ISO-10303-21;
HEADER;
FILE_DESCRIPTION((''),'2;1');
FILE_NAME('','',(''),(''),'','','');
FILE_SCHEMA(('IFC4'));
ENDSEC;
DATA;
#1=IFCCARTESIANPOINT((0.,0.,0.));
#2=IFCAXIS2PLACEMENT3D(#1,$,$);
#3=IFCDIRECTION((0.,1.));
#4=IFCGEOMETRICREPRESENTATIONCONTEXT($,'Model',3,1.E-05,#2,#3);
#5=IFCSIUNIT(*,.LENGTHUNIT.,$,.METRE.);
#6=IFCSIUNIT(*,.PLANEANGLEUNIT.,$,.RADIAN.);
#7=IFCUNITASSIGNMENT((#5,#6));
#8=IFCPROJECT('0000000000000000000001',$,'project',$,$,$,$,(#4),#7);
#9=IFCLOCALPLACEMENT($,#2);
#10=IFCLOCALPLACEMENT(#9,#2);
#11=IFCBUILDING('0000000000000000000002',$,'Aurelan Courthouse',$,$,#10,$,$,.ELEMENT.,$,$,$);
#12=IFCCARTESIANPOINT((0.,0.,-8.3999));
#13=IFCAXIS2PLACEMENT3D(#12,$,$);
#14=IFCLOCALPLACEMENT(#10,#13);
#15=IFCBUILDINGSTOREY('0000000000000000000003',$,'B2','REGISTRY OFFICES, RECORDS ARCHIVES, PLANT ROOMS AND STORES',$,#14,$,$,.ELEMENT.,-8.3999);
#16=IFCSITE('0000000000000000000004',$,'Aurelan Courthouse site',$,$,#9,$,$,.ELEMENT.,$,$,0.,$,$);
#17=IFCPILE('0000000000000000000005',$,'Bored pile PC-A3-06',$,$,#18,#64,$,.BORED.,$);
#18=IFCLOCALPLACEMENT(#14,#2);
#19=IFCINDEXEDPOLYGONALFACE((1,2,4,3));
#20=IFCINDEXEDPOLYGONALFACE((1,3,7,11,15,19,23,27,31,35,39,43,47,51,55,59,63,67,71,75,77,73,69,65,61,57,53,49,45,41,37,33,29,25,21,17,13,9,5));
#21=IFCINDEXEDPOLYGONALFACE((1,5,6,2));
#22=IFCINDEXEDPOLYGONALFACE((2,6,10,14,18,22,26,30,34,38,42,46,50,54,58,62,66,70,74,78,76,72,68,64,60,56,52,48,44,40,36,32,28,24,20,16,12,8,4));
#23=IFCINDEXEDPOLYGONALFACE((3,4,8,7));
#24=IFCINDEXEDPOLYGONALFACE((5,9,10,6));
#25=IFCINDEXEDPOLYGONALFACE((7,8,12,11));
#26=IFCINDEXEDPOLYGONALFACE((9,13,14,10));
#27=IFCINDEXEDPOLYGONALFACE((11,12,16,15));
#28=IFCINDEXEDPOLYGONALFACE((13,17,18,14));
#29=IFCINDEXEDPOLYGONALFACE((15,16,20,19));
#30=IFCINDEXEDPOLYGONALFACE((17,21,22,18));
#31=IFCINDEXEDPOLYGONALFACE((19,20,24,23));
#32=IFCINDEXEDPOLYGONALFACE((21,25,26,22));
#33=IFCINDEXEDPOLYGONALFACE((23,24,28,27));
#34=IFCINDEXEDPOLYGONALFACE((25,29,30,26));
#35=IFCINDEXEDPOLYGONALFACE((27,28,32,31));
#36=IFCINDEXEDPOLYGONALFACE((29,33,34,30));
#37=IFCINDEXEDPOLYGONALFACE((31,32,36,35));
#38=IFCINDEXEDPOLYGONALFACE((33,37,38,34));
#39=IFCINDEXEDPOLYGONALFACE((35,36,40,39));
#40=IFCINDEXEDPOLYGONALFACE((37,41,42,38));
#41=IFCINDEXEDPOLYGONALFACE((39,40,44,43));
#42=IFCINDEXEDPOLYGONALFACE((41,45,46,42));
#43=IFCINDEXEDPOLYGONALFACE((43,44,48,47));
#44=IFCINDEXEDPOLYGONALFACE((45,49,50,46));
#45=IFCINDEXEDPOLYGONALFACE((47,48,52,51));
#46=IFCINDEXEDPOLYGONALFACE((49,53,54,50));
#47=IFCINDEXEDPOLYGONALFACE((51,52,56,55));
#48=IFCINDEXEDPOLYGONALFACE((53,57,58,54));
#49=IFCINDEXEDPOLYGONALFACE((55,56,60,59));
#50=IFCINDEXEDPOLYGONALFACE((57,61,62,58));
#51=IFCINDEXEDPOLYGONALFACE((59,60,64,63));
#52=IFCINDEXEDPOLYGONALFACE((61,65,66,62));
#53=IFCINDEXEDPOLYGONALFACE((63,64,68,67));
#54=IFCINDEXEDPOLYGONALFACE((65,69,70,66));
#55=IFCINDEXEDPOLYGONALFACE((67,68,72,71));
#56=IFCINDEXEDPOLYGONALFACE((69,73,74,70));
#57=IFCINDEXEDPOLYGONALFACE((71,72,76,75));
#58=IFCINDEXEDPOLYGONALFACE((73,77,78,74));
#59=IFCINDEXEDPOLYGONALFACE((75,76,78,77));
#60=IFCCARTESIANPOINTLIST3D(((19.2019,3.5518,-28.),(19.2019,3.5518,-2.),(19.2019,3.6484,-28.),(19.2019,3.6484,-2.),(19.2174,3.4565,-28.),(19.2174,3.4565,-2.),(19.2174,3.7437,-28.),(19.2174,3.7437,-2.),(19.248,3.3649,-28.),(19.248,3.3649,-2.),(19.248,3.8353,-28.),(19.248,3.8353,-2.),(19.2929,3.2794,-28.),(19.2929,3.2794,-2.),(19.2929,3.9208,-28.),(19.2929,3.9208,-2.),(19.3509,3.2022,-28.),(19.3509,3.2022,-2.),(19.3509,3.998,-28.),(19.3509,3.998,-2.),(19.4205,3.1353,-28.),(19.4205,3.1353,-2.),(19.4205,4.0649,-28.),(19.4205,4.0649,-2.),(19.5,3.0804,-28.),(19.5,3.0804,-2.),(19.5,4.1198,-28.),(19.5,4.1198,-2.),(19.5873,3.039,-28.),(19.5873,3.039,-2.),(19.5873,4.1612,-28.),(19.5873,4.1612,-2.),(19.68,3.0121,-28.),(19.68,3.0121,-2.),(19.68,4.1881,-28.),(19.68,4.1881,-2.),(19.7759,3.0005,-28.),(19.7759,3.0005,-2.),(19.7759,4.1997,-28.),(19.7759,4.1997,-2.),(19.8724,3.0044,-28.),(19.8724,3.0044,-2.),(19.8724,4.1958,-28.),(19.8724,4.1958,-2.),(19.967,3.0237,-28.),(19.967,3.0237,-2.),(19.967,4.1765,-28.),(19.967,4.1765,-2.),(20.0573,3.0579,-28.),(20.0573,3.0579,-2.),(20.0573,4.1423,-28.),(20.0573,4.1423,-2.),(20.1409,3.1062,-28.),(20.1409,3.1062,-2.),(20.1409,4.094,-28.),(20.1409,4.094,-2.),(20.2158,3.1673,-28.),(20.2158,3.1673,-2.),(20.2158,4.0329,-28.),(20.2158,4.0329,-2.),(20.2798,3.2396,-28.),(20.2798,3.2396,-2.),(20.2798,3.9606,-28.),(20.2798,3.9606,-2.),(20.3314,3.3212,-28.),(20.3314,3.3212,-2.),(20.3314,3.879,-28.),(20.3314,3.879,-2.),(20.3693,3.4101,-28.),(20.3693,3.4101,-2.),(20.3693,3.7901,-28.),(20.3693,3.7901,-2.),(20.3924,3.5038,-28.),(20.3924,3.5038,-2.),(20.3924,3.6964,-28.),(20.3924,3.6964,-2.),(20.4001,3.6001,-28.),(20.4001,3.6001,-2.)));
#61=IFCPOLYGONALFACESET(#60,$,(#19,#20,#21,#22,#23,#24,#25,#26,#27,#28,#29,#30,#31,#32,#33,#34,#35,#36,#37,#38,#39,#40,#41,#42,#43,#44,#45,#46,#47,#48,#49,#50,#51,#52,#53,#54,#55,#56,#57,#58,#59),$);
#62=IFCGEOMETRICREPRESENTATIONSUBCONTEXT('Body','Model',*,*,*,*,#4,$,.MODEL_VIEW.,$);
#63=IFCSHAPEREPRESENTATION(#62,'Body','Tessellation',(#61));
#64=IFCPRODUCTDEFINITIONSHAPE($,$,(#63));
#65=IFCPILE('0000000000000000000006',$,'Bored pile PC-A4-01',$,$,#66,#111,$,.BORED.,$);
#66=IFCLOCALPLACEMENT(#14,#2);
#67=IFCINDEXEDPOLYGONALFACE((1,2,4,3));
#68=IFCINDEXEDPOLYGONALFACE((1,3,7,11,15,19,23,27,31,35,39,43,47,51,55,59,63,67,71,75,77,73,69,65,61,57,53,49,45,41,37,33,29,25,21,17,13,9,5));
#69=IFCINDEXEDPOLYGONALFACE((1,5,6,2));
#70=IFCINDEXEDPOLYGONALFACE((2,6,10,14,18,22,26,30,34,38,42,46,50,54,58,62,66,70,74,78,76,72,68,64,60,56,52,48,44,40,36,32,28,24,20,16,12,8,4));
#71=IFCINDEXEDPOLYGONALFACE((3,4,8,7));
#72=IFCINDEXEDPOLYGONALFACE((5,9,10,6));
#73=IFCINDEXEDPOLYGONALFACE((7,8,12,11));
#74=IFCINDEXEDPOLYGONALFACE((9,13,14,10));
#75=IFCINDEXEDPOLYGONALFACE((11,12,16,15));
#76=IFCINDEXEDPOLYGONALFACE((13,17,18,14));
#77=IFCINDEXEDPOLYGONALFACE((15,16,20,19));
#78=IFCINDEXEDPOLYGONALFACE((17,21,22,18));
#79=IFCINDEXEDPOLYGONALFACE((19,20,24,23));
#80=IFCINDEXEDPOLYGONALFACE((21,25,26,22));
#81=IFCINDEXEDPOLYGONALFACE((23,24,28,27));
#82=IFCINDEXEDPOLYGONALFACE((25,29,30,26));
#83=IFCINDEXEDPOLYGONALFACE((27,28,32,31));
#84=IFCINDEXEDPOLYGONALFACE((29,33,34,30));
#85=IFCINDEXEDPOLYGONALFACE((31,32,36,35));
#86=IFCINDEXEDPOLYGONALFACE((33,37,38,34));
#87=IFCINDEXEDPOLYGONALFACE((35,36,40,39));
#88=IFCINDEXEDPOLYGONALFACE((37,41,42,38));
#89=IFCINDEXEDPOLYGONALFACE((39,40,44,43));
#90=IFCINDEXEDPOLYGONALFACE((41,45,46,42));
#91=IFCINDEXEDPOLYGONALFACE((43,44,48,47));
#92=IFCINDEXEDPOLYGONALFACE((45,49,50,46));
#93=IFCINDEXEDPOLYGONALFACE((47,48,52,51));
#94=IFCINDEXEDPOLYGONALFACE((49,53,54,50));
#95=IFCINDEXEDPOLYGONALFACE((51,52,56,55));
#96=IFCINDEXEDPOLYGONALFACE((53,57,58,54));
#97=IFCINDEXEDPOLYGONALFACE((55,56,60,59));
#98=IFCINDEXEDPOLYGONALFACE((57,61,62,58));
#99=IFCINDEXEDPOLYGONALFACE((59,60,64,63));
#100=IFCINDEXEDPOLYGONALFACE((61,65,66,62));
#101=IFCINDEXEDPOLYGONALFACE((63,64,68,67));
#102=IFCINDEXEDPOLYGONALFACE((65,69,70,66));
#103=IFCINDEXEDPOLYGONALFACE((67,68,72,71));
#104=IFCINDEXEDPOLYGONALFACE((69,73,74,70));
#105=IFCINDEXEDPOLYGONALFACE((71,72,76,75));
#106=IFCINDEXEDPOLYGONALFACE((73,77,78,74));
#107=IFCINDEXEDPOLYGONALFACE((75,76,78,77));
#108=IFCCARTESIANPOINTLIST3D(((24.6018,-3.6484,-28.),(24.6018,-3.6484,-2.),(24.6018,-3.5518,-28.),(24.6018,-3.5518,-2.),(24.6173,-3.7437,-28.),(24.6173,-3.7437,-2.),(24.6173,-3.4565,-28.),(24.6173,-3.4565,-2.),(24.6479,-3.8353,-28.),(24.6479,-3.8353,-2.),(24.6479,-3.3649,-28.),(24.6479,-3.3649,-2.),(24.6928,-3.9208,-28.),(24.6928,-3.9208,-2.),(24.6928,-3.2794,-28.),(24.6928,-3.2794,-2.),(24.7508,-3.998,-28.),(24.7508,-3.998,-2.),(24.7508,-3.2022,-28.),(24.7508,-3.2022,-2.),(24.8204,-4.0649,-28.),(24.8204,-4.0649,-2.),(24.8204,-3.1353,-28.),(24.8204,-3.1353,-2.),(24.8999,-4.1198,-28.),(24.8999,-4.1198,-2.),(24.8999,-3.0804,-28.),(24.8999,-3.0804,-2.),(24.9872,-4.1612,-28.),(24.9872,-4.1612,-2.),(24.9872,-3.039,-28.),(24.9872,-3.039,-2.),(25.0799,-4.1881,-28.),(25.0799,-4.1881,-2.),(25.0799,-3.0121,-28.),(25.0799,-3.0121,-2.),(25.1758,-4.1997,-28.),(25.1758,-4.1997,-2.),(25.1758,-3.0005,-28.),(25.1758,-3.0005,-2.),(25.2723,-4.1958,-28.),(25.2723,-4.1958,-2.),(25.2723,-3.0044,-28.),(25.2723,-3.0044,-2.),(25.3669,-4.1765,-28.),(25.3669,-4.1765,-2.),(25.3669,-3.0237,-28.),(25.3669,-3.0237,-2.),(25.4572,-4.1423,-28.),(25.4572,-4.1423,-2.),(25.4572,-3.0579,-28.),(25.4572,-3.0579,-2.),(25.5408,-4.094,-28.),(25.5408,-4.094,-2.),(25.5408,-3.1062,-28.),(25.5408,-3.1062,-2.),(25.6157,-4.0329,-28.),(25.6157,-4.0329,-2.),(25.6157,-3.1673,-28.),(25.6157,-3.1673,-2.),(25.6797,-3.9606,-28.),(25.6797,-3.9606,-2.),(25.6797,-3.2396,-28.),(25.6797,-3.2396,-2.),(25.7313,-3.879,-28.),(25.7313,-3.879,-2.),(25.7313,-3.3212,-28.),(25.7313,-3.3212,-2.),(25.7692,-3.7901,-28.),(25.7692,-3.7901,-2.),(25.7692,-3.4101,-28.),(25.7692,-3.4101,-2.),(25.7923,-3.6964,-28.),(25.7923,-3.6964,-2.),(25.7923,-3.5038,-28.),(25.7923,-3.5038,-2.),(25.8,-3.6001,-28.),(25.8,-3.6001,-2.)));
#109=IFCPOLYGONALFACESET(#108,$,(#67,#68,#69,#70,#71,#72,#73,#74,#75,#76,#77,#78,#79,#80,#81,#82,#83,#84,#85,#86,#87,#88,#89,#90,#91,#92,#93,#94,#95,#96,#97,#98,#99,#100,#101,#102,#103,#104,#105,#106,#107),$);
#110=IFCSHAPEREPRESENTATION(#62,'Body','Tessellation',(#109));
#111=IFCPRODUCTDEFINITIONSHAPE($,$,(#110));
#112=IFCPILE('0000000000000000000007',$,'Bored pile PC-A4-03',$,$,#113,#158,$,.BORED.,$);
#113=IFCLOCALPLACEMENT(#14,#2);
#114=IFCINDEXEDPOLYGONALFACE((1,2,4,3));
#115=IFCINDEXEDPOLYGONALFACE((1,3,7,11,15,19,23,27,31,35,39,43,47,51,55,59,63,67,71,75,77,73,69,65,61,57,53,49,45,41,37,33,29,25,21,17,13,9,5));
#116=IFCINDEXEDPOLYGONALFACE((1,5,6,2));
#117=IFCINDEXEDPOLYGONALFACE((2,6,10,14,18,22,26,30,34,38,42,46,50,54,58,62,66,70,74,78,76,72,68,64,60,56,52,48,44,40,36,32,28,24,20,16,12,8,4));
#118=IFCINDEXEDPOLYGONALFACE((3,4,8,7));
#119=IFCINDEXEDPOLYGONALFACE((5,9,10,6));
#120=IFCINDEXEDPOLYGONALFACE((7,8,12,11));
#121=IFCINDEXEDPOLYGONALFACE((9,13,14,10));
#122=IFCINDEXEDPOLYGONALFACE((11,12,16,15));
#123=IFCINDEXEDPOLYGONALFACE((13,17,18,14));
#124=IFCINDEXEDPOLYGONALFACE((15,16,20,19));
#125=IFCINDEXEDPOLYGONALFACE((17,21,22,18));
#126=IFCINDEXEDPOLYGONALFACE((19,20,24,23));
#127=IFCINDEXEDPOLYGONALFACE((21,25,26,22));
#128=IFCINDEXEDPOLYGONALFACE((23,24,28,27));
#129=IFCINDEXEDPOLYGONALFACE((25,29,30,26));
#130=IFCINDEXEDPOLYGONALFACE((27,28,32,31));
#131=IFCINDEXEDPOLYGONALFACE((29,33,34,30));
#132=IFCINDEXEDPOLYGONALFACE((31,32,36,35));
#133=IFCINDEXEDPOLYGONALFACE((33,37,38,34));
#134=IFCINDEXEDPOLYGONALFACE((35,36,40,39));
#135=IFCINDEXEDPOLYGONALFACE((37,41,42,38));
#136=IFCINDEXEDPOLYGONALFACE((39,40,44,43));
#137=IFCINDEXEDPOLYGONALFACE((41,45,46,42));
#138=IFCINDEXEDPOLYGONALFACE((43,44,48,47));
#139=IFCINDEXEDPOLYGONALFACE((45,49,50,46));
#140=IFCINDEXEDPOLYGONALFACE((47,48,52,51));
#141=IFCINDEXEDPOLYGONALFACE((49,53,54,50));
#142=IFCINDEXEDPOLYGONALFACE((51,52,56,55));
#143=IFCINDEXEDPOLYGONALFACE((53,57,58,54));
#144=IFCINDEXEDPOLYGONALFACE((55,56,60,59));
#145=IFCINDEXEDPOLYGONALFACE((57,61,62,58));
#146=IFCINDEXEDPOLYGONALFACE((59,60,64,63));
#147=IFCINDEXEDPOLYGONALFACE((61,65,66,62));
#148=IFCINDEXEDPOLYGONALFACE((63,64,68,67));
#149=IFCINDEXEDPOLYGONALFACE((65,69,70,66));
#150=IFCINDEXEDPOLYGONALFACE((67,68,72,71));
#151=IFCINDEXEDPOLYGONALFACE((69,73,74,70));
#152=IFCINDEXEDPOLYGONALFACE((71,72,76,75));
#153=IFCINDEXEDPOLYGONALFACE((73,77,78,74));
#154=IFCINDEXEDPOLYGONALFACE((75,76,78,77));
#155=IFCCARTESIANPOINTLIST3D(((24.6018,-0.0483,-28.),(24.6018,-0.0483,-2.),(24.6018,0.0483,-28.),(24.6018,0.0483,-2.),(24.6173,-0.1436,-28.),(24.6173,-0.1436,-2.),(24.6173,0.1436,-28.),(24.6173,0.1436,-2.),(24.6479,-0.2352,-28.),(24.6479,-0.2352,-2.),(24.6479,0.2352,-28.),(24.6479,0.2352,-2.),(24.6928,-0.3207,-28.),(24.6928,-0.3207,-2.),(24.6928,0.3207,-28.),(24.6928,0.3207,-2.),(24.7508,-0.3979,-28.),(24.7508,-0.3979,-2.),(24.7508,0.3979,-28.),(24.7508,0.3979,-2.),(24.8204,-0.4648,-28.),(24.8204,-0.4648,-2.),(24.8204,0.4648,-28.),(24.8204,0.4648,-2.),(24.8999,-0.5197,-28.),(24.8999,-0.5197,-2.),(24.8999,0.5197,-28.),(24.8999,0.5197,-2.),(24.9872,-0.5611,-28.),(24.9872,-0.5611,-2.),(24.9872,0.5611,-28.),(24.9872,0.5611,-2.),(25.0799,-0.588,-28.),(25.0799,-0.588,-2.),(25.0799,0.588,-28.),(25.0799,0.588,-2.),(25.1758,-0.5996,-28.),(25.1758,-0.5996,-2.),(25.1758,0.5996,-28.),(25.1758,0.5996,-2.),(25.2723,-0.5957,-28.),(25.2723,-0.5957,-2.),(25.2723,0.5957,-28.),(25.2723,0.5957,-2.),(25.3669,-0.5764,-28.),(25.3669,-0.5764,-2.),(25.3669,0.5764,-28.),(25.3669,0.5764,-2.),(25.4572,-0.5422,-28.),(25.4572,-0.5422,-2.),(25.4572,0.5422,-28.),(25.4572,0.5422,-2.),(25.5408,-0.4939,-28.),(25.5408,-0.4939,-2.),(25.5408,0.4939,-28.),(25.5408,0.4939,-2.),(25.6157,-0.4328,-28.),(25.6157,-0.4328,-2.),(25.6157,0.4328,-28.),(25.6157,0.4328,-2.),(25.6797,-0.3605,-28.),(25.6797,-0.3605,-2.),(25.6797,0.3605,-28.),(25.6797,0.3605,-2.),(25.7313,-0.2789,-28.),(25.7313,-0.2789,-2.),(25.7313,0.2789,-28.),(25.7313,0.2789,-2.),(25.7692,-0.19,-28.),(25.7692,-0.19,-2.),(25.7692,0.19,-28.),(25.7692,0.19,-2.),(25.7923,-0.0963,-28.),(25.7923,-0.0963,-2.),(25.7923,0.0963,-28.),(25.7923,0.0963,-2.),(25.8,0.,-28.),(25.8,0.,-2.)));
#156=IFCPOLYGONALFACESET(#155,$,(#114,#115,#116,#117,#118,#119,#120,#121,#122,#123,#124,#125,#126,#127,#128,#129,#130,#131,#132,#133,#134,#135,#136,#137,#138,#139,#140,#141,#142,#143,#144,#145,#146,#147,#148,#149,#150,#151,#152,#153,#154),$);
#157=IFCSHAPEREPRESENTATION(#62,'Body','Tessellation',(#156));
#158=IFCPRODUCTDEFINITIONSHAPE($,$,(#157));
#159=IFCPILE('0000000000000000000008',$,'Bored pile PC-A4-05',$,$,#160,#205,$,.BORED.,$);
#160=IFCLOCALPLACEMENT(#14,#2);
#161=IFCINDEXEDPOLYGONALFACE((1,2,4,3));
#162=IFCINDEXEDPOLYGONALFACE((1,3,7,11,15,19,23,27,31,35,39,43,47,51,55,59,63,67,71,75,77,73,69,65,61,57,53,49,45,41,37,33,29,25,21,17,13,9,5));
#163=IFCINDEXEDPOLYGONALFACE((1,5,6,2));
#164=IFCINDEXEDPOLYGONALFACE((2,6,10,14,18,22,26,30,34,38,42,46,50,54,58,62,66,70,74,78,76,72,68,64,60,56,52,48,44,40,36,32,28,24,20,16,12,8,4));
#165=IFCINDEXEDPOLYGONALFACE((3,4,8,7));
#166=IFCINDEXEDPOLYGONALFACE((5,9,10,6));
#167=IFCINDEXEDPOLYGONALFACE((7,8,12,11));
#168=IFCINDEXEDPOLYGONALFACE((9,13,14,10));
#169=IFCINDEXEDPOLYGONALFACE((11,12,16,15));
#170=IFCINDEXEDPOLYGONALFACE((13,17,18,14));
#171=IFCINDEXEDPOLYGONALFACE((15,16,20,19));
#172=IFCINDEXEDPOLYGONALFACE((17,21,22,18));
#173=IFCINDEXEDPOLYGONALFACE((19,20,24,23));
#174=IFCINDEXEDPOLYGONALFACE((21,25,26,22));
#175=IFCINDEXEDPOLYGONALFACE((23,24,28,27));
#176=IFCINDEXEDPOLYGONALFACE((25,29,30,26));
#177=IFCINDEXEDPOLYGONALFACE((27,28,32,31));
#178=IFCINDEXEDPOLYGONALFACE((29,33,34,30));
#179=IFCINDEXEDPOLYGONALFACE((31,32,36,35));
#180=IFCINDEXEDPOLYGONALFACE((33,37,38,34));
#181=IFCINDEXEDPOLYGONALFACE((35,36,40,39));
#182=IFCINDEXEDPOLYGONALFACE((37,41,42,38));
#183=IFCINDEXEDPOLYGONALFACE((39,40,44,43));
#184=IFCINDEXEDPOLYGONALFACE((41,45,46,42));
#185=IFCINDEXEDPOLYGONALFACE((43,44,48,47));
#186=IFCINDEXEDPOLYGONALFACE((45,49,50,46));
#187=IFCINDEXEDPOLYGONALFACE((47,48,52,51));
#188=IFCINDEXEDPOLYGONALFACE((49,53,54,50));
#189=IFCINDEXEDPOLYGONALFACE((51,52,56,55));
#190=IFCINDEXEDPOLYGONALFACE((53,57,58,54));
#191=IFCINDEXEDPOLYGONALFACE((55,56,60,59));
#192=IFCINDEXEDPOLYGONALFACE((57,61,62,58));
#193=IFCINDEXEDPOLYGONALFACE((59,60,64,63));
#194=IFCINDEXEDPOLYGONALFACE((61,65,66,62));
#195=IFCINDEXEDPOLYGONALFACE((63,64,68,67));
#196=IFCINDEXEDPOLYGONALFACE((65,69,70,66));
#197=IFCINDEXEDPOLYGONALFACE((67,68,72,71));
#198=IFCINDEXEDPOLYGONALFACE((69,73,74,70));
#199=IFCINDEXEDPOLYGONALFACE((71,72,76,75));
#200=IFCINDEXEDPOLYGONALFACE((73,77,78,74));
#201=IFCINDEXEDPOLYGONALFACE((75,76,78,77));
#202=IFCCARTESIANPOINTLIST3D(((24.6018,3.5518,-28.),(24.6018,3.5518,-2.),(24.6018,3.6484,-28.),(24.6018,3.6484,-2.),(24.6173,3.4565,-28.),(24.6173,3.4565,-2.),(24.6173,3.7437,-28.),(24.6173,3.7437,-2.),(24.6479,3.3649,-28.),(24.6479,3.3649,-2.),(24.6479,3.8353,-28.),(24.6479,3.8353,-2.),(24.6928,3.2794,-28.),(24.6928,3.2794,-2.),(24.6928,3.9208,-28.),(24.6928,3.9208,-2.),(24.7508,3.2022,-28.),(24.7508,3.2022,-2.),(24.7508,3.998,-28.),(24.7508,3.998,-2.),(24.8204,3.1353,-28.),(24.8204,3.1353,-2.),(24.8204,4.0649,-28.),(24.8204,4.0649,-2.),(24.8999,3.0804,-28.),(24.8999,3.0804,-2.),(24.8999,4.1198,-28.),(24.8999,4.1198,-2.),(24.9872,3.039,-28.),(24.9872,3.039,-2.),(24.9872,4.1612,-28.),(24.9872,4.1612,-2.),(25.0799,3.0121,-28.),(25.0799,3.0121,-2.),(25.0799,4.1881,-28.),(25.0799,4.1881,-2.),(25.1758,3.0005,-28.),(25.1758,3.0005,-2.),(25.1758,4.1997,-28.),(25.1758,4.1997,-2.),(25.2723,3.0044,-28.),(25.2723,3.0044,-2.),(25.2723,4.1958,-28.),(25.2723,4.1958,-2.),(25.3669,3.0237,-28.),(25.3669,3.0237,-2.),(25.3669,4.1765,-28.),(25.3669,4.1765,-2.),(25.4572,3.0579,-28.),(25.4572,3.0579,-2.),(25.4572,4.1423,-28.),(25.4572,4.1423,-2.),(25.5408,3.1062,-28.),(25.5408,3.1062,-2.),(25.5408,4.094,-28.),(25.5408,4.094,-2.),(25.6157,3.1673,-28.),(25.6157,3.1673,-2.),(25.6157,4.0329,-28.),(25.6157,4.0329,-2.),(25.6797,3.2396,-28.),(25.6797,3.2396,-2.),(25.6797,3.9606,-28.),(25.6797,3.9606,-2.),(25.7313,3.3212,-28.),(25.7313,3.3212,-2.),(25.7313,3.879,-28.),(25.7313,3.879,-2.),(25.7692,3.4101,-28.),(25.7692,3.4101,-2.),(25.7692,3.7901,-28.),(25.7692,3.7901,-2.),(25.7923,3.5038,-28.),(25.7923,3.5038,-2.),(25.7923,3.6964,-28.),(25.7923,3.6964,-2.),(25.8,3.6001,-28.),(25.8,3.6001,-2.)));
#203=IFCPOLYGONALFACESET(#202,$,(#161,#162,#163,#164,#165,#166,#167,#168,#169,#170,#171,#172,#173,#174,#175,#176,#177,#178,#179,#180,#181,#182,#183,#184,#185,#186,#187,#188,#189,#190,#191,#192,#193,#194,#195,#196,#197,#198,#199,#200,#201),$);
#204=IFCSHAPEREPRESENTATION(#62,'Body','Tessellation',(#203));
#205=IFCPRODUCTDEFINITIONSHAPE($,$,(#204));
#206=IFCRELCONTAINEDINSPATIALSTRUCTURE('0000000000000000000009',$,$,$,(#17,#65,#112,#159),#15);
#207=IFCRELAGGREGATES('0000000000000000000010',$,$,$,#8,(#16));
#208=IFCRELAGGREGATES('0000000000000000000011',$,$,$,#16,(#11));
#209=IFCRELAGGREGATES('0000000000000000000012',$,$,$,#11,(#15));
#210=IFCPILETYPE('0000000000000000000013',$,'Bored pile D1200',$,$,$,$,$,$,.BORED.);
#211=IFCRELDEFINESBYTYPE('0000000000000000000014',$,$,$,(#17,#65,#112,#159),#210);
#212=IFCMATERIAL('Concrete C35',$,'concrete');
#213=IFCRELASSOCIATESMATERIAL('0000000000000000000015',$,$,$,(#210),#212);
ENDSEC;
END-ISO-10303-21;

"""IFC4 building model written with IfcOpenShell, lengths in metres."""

from ifc_helpers import new_model, si_unit, direction, frame, origin, origin_2d, place, context, subcontext, project, spatial, circle, extrude, material, material_profile, profile_set, type_object, element, save


model = new_model("IFC4")

# Units and contexts
model_context = context("Model", 3, precision=1e-05, world=origin(), true_north=direction((0.0, 1.0)))
body_context = subcontext(model_context, "Body", "Model", "MODEL_VIEW")
ifc_project = project(units=[si_unit("LENGTHUNIT", "METRE"), si_unit("PLANEANGLEUNIT", "RADIAN")], contexts=[model_context])

# Site, building, storey
site_placement = place(None, origin())
site = spatial("IfcSite", under=ifc_project, at=site_placement, Name="Aurelan Courthouse site", CompositionType="ELEMENT", RefElevation=0.0)
building_placement = place(site_placement, origin())
building = spatial("IfcBuilding", under=site, at=building_placement, Name="Aurelan Courthouse", CompositionType="ELEMENT")
storey_placement = place(building_placement, frame((0.0, 0.0, -8.3999)))
storey = spatial("IfcBuildingStorey", under=building, at=storey_placement, Name="B2", Description="REGISTRY OFFICES, RECORDS ARCHIVES, PLANT ROOMS AND STORES", CompositionType="ELEMENT", Elevation=-8.3999)

# Piles
ifc_material_1 = material(Name="Concrete C35", Category="concrete")
ifc_material_profile_1 = material_profile(ifc_material_1, circle(Radius=0.6001, at=origin_2d()), Name="D1200")
ifc_profile_set_1 = profile_set([ifc_material_profile_1], Name="Concrete C35")
pile_type = type_object("IfcPileType", Name="Bored pile D1200", PredefinedType="BORED", material=ifc_profile_set_1)
for number, where, z_axis, x_axis, name in (
    (1, (19.8, 3.6001, -2.0), (0.0, 0.0, -1.0), (1.0, 0.0, 0.0), "Bored pile PC-A3-06"),
    (2, (25.2, -3.6001, -2.0), (0.0, 0.0, -1.0), (1.0, 0.0, 0.0), "Bored pile PC-A4-01"),
    (3, (25.2, 0.0, -2.0), (0.0, 0.0, -1.0), (1.0, 0.0, 0.0), "Bored pile PC-A4-03"),
    (4, (25.2, 3.6001, -2.0), (0.0, 0.0, -1.0), (1.0, 0.0, 0.0), "Bored pile PC-A4-05"),
):
    element("IfcPile", number, at=place(storey_placement, frame(where, z_axis=z_axis, x_axis=x_axis)), inside=storey, type_object=pile_type, Name=name, PredefinedType="BORED", context=body_context, shape_type="SweptSolid", body=[
        extrude(circle(Radius=0.6001, at=origin_2d()), origin(), (0.0, 0.0, 1.0), 26.0),
    ])

save(model, "model.ifc")
